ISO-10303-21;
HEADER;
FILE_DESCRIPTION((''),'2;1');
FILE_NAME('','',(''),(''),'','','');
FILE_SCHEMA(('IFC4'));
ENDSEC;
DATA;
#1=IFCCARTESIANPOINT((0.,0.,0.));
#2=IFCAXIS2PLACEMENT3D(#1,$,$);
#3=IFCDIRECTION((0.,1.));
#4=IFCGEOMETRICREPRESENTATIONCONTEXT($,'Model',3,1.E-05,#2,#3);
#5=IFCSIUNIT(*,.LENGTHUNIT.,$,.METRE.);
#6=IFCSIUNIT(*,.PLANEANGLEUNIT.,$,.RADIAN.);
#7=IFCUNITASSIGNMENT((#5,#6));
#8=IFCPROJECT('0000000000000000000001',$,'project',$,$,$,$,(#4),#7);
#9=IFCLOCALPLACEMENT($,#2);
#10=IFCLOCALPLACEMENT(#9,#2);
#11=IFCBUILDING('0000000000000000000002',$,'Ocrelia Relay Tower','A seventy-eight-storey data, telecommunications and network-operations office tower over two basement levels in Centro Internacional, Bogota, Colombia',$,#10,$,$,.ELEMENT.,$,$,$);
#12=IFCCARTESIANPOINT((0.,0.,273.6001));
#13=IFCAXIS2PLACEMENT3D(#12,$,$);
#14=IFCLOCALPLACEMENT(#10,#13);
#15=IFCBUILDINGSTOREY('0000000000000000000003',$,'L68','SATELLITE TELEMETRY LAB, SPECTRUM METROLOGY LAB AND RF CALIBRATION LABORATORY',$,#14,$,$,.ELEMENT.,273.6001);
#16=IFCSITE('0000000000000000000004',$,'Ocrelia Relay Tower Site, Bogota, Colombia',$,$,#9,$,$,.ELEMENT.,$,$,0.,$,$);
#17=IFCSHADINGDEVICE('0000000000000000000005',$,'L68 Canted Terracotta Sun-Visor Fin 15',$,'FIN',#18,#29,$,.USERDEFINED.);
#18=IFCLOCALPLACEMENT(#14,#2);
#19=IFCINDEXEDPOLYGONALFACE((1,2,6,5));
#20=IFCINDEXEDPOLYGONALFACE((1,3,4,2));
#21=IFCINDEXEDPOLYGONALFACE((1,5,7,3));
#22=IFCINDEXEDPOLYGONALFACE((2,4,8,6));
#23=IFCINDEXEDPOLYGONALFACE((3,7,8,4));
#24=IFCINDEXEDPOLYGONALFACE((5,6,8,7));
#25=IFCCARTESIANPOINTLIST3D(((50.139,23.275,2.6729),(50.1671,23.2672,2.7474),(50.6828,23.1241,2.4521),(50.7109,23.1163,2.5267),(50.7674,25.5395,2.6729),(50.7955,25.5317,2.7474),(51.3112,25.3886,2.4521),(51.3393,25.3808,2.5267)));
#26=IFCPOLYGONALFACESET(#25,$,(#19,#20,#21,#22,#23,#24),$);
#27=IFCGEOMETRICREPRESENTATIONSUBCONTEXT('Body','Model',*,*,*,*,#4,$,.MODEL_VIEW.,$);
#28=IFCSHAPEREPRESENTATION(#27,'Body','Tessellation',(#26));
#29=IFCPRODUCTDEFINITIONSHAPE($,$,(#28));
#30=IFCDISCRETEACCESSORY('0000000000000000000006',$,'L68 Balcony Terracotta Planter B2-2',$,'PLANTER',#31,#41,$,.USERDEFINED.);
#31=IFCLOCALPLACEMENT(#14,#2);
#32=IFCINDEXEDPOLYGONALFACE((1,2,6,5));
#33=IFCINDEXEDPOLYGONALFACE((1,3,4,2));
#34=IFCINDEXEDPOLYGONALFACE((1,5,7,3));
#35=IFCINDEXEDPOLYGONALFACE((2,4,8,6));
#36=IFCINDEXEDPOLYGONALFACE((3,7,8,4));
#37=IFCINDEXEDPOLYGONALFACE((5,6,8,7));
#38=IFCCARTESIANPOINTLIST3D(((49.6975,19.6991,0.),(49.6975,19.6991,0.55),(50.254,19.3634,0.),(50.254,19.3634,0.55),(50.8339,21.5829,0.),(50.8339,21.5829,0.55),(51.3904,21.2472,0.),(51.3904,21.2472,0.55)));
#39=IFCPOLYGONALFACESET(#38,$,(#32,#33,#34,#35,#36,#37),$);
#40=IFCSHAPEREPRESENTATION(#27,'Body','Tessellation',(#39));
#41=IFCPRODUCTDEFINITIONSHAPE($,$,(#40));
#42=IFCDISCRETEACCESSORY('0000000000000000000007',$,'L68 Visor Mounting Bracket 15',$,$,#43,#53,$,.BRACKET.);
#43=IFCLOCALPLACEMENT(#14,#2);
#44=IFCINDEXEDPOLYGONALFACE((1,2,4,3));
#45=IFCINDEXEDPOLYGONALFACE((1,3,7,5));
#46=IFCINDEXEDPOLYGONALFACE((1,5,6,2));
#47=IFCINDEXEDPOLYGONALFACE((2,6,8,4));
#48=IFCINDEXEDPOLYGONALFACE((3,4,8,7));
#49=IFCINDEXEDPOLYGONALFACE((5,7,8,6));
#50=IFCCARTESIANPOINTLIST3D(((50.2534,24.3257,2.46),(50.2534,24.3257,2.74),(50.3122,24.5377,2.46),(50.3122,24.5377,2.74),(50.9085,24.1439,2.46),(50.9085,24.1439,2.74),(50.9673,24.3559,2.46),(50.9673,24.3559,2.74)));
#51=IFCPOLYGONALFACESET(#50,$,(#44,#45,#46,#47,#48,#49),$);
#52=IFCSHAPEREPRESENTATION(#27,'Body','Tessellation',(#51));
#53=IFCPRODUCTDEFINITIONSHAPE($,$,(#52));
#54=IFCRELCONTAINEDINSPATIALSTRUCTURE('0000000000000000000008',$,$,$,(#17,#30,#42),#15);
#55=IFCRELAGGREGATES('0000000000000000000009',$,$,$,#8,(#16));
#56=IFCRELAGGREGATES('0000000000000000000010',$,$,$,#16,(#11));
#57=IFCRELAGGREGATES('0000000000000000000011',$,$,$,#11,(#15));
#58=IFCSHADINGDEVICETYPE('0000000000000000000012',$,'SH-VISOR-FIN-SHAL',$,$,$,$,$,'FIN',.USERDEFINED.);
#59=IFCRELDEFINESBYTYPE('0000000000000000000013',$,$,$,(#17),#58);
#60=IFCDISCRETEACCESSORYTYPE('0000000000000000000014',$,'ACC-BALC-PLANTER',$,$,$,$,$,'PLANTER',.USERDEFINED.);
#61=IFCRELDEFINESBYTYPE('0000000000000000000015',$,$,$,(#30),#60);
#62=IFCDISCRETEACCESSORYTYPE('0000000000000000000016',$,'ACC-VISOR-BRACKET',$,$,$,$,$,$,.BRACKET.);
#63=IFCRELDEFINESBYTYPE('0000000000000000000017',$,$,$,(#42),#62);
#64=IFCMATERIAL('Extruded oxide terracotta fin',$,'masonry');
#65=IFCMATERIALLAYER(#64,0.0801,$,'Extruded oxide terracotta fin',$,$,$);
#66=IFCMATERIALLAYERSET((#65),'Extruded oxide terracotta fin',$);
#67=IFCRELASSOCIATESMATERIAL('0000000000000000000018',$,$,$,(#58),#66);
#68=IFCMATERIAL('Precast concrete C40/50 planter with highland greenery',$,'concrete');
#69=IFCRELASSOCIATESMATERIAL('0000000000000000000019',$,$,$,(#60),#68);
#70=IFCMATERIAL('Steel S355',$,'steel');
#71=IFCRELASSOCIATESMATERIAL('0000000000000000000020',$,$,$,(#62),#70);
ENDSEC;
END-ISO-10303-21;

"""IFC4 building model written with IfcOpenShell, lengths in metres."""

from ifc_helpers import new_model, si_unit, direction, frame, origin, origin_2d, place, context, subcontext, project, spatial, rectangle, extrude, material, layer, layer_set, type_object, element, save


model = new_model("IFC4")

# Units and contexts
model_context = context("Model", 3, precision=1e-05, world=origin(), true_north=direction((0.0, 1.0)))
body_context = subcontext(model_context, "Body", "Model", "MODEL_VIEW")
ifc_project = project(units=[si_unit("LENGTHUNIT", "METRE"), si_unit("PLANEANGLEUNIT", "RADIAN")], contexts=[model_context])

# Site, building, storey
site_placement = place(None, origin())
site = spatial("IfcSite", under=ifc_project, at=site_placement, Name="Ocrelia Relay Tower Site, Bogota, Colombia", CompositionType="ELEMENT", RefElevation=0.0)
building_placement = place(site_placement, origin())
building = spatial("IfcBuilding", under=site, at=building_placement, Name="Ocrelia Relay Tower", Description="A seventy-eight-storey data, telecommunications and network-operations office tower over two basement levels in Centro Internacional, Bogota, Colombia", CompositionType="ELEMENT")
storey_placement = place(building_placement, frame((0.0, 0.0, 273.6001)))
storey = spatial("IfcBuildingStorey", under=building, at=storey_placement, Name="L68", Description="SATELLITE TELEMETRY LAB, SPECTRUM METROLOGY LAB AND RF CALIBRATION LABORATORY", CompositionType="ELEMENT", Elevation=273.6001)

# Shared definitions
ifc_material_1 = material(Name="Steel S355", Category="steel")

# Shading device
ifc_material_2 = material(Name="Extruded oxide terracotta fin", Category="masonry")
ifc_layer_1 = layer(ifc_material_2, 0.0801, Name="Extruded oxide terracotta fin")
ifc_layer_set_1 = layer_set([ifc_layer_1], Name="Extruded oxide terracotta fin")
shading_device_type_1 = type_object("IfcShadingDeviceType", Name="SH-VISOR-FIN-SHAL", ElementType="FIN", PredefinedType="USERDEFINED", material=ifc_layer_set_1)
shading_device_1_placement = place(storey_placement, frame((50.7251, 24.3318, 2.5625), z_axis=(0.350967, -0.097383, 0.93131), x_axis=(0.26737, 0.963594, 0.0)))
element("IfcShadingDevice", 1, at=shading_device_1_placement, inside=storey, type_object=shading_device_type_1, Name="L68 Canted Terracotta Sun-Visor Fin 15", ObjectType="FIN", PredefinedType="USERDEFINED", context=body_context, shape_type="SweptSolid", body=[
    extrude(rectangle(XDim=2.3501, YDim=0.606, at=origin_2d()), origin(), (0.0, 0.0, 1.0), 0.0801),
])

# Discrete accessories
ifc_material_3 = material(Name="Precast concrete C40/50 planter with highland greenery", Category="concrete")
discrete_accessory_type_1 = type_object("IfcDiscreteAccessoryType", Name="ACC-BALC-PLANTER", ElementType="PLANTER", PredefinedType="USERDEFINED", material=ifc_material_3)
discrete_accessory_1_placement = place(storey_placement, frame((50.5439, 20.4731, 0.0), z_axis=(0.0, 0.0, 1.0), x_axis=(-0.516531, -0.856268, 0.0)))
element("IfcDiscreteAccessory", 2, at=discrete_accessory_1_placement, inside=storey, type_object=discrete_accessory_type_1, Name="L68 Balcony Terracotta Planter B2-2", ObjectType="PLANTER", PredefinedType="USERDEFINED", context=body_context, shape_type="SweptSolid", body=[
    extrude(rectangle(XDim=2.2, YDim=0.6499, at=origin_2d()), origin(), (0.0, 0.0, 1.0), 0.55),
])
discrete_accessory_type_2 = type_object("IfcDiscreteAccessoryType", Name="ACC-VISOR-BRACKET", PredefinedType="BRACKET", material=ifc_material_1)
discrete_accessory_2_placement = place(storey_placement, frame((50.6104, 24.3408, 2.46), z_axis=(0.0, 0.0, 1.0), x_axis=(0.26737, 0.963594, 0.0)))
element("IfcDiscreteAccessory", 3, at=discrete_accessory_2_placement, inside=storey, type_object=discrete_accessory_type_2, Name="L68 Visor Mounting Bracket 15", PredefinedType="BRACKET", context=body_context, shape_type="SweptSolid", body=[
    extrude(rectangle(XDim=0.22, YDim=0.6799, at=origin_2d()), origin(), (0.0, 0.0, 1.0), 0.28),
])

save(model, "model.ifc")
